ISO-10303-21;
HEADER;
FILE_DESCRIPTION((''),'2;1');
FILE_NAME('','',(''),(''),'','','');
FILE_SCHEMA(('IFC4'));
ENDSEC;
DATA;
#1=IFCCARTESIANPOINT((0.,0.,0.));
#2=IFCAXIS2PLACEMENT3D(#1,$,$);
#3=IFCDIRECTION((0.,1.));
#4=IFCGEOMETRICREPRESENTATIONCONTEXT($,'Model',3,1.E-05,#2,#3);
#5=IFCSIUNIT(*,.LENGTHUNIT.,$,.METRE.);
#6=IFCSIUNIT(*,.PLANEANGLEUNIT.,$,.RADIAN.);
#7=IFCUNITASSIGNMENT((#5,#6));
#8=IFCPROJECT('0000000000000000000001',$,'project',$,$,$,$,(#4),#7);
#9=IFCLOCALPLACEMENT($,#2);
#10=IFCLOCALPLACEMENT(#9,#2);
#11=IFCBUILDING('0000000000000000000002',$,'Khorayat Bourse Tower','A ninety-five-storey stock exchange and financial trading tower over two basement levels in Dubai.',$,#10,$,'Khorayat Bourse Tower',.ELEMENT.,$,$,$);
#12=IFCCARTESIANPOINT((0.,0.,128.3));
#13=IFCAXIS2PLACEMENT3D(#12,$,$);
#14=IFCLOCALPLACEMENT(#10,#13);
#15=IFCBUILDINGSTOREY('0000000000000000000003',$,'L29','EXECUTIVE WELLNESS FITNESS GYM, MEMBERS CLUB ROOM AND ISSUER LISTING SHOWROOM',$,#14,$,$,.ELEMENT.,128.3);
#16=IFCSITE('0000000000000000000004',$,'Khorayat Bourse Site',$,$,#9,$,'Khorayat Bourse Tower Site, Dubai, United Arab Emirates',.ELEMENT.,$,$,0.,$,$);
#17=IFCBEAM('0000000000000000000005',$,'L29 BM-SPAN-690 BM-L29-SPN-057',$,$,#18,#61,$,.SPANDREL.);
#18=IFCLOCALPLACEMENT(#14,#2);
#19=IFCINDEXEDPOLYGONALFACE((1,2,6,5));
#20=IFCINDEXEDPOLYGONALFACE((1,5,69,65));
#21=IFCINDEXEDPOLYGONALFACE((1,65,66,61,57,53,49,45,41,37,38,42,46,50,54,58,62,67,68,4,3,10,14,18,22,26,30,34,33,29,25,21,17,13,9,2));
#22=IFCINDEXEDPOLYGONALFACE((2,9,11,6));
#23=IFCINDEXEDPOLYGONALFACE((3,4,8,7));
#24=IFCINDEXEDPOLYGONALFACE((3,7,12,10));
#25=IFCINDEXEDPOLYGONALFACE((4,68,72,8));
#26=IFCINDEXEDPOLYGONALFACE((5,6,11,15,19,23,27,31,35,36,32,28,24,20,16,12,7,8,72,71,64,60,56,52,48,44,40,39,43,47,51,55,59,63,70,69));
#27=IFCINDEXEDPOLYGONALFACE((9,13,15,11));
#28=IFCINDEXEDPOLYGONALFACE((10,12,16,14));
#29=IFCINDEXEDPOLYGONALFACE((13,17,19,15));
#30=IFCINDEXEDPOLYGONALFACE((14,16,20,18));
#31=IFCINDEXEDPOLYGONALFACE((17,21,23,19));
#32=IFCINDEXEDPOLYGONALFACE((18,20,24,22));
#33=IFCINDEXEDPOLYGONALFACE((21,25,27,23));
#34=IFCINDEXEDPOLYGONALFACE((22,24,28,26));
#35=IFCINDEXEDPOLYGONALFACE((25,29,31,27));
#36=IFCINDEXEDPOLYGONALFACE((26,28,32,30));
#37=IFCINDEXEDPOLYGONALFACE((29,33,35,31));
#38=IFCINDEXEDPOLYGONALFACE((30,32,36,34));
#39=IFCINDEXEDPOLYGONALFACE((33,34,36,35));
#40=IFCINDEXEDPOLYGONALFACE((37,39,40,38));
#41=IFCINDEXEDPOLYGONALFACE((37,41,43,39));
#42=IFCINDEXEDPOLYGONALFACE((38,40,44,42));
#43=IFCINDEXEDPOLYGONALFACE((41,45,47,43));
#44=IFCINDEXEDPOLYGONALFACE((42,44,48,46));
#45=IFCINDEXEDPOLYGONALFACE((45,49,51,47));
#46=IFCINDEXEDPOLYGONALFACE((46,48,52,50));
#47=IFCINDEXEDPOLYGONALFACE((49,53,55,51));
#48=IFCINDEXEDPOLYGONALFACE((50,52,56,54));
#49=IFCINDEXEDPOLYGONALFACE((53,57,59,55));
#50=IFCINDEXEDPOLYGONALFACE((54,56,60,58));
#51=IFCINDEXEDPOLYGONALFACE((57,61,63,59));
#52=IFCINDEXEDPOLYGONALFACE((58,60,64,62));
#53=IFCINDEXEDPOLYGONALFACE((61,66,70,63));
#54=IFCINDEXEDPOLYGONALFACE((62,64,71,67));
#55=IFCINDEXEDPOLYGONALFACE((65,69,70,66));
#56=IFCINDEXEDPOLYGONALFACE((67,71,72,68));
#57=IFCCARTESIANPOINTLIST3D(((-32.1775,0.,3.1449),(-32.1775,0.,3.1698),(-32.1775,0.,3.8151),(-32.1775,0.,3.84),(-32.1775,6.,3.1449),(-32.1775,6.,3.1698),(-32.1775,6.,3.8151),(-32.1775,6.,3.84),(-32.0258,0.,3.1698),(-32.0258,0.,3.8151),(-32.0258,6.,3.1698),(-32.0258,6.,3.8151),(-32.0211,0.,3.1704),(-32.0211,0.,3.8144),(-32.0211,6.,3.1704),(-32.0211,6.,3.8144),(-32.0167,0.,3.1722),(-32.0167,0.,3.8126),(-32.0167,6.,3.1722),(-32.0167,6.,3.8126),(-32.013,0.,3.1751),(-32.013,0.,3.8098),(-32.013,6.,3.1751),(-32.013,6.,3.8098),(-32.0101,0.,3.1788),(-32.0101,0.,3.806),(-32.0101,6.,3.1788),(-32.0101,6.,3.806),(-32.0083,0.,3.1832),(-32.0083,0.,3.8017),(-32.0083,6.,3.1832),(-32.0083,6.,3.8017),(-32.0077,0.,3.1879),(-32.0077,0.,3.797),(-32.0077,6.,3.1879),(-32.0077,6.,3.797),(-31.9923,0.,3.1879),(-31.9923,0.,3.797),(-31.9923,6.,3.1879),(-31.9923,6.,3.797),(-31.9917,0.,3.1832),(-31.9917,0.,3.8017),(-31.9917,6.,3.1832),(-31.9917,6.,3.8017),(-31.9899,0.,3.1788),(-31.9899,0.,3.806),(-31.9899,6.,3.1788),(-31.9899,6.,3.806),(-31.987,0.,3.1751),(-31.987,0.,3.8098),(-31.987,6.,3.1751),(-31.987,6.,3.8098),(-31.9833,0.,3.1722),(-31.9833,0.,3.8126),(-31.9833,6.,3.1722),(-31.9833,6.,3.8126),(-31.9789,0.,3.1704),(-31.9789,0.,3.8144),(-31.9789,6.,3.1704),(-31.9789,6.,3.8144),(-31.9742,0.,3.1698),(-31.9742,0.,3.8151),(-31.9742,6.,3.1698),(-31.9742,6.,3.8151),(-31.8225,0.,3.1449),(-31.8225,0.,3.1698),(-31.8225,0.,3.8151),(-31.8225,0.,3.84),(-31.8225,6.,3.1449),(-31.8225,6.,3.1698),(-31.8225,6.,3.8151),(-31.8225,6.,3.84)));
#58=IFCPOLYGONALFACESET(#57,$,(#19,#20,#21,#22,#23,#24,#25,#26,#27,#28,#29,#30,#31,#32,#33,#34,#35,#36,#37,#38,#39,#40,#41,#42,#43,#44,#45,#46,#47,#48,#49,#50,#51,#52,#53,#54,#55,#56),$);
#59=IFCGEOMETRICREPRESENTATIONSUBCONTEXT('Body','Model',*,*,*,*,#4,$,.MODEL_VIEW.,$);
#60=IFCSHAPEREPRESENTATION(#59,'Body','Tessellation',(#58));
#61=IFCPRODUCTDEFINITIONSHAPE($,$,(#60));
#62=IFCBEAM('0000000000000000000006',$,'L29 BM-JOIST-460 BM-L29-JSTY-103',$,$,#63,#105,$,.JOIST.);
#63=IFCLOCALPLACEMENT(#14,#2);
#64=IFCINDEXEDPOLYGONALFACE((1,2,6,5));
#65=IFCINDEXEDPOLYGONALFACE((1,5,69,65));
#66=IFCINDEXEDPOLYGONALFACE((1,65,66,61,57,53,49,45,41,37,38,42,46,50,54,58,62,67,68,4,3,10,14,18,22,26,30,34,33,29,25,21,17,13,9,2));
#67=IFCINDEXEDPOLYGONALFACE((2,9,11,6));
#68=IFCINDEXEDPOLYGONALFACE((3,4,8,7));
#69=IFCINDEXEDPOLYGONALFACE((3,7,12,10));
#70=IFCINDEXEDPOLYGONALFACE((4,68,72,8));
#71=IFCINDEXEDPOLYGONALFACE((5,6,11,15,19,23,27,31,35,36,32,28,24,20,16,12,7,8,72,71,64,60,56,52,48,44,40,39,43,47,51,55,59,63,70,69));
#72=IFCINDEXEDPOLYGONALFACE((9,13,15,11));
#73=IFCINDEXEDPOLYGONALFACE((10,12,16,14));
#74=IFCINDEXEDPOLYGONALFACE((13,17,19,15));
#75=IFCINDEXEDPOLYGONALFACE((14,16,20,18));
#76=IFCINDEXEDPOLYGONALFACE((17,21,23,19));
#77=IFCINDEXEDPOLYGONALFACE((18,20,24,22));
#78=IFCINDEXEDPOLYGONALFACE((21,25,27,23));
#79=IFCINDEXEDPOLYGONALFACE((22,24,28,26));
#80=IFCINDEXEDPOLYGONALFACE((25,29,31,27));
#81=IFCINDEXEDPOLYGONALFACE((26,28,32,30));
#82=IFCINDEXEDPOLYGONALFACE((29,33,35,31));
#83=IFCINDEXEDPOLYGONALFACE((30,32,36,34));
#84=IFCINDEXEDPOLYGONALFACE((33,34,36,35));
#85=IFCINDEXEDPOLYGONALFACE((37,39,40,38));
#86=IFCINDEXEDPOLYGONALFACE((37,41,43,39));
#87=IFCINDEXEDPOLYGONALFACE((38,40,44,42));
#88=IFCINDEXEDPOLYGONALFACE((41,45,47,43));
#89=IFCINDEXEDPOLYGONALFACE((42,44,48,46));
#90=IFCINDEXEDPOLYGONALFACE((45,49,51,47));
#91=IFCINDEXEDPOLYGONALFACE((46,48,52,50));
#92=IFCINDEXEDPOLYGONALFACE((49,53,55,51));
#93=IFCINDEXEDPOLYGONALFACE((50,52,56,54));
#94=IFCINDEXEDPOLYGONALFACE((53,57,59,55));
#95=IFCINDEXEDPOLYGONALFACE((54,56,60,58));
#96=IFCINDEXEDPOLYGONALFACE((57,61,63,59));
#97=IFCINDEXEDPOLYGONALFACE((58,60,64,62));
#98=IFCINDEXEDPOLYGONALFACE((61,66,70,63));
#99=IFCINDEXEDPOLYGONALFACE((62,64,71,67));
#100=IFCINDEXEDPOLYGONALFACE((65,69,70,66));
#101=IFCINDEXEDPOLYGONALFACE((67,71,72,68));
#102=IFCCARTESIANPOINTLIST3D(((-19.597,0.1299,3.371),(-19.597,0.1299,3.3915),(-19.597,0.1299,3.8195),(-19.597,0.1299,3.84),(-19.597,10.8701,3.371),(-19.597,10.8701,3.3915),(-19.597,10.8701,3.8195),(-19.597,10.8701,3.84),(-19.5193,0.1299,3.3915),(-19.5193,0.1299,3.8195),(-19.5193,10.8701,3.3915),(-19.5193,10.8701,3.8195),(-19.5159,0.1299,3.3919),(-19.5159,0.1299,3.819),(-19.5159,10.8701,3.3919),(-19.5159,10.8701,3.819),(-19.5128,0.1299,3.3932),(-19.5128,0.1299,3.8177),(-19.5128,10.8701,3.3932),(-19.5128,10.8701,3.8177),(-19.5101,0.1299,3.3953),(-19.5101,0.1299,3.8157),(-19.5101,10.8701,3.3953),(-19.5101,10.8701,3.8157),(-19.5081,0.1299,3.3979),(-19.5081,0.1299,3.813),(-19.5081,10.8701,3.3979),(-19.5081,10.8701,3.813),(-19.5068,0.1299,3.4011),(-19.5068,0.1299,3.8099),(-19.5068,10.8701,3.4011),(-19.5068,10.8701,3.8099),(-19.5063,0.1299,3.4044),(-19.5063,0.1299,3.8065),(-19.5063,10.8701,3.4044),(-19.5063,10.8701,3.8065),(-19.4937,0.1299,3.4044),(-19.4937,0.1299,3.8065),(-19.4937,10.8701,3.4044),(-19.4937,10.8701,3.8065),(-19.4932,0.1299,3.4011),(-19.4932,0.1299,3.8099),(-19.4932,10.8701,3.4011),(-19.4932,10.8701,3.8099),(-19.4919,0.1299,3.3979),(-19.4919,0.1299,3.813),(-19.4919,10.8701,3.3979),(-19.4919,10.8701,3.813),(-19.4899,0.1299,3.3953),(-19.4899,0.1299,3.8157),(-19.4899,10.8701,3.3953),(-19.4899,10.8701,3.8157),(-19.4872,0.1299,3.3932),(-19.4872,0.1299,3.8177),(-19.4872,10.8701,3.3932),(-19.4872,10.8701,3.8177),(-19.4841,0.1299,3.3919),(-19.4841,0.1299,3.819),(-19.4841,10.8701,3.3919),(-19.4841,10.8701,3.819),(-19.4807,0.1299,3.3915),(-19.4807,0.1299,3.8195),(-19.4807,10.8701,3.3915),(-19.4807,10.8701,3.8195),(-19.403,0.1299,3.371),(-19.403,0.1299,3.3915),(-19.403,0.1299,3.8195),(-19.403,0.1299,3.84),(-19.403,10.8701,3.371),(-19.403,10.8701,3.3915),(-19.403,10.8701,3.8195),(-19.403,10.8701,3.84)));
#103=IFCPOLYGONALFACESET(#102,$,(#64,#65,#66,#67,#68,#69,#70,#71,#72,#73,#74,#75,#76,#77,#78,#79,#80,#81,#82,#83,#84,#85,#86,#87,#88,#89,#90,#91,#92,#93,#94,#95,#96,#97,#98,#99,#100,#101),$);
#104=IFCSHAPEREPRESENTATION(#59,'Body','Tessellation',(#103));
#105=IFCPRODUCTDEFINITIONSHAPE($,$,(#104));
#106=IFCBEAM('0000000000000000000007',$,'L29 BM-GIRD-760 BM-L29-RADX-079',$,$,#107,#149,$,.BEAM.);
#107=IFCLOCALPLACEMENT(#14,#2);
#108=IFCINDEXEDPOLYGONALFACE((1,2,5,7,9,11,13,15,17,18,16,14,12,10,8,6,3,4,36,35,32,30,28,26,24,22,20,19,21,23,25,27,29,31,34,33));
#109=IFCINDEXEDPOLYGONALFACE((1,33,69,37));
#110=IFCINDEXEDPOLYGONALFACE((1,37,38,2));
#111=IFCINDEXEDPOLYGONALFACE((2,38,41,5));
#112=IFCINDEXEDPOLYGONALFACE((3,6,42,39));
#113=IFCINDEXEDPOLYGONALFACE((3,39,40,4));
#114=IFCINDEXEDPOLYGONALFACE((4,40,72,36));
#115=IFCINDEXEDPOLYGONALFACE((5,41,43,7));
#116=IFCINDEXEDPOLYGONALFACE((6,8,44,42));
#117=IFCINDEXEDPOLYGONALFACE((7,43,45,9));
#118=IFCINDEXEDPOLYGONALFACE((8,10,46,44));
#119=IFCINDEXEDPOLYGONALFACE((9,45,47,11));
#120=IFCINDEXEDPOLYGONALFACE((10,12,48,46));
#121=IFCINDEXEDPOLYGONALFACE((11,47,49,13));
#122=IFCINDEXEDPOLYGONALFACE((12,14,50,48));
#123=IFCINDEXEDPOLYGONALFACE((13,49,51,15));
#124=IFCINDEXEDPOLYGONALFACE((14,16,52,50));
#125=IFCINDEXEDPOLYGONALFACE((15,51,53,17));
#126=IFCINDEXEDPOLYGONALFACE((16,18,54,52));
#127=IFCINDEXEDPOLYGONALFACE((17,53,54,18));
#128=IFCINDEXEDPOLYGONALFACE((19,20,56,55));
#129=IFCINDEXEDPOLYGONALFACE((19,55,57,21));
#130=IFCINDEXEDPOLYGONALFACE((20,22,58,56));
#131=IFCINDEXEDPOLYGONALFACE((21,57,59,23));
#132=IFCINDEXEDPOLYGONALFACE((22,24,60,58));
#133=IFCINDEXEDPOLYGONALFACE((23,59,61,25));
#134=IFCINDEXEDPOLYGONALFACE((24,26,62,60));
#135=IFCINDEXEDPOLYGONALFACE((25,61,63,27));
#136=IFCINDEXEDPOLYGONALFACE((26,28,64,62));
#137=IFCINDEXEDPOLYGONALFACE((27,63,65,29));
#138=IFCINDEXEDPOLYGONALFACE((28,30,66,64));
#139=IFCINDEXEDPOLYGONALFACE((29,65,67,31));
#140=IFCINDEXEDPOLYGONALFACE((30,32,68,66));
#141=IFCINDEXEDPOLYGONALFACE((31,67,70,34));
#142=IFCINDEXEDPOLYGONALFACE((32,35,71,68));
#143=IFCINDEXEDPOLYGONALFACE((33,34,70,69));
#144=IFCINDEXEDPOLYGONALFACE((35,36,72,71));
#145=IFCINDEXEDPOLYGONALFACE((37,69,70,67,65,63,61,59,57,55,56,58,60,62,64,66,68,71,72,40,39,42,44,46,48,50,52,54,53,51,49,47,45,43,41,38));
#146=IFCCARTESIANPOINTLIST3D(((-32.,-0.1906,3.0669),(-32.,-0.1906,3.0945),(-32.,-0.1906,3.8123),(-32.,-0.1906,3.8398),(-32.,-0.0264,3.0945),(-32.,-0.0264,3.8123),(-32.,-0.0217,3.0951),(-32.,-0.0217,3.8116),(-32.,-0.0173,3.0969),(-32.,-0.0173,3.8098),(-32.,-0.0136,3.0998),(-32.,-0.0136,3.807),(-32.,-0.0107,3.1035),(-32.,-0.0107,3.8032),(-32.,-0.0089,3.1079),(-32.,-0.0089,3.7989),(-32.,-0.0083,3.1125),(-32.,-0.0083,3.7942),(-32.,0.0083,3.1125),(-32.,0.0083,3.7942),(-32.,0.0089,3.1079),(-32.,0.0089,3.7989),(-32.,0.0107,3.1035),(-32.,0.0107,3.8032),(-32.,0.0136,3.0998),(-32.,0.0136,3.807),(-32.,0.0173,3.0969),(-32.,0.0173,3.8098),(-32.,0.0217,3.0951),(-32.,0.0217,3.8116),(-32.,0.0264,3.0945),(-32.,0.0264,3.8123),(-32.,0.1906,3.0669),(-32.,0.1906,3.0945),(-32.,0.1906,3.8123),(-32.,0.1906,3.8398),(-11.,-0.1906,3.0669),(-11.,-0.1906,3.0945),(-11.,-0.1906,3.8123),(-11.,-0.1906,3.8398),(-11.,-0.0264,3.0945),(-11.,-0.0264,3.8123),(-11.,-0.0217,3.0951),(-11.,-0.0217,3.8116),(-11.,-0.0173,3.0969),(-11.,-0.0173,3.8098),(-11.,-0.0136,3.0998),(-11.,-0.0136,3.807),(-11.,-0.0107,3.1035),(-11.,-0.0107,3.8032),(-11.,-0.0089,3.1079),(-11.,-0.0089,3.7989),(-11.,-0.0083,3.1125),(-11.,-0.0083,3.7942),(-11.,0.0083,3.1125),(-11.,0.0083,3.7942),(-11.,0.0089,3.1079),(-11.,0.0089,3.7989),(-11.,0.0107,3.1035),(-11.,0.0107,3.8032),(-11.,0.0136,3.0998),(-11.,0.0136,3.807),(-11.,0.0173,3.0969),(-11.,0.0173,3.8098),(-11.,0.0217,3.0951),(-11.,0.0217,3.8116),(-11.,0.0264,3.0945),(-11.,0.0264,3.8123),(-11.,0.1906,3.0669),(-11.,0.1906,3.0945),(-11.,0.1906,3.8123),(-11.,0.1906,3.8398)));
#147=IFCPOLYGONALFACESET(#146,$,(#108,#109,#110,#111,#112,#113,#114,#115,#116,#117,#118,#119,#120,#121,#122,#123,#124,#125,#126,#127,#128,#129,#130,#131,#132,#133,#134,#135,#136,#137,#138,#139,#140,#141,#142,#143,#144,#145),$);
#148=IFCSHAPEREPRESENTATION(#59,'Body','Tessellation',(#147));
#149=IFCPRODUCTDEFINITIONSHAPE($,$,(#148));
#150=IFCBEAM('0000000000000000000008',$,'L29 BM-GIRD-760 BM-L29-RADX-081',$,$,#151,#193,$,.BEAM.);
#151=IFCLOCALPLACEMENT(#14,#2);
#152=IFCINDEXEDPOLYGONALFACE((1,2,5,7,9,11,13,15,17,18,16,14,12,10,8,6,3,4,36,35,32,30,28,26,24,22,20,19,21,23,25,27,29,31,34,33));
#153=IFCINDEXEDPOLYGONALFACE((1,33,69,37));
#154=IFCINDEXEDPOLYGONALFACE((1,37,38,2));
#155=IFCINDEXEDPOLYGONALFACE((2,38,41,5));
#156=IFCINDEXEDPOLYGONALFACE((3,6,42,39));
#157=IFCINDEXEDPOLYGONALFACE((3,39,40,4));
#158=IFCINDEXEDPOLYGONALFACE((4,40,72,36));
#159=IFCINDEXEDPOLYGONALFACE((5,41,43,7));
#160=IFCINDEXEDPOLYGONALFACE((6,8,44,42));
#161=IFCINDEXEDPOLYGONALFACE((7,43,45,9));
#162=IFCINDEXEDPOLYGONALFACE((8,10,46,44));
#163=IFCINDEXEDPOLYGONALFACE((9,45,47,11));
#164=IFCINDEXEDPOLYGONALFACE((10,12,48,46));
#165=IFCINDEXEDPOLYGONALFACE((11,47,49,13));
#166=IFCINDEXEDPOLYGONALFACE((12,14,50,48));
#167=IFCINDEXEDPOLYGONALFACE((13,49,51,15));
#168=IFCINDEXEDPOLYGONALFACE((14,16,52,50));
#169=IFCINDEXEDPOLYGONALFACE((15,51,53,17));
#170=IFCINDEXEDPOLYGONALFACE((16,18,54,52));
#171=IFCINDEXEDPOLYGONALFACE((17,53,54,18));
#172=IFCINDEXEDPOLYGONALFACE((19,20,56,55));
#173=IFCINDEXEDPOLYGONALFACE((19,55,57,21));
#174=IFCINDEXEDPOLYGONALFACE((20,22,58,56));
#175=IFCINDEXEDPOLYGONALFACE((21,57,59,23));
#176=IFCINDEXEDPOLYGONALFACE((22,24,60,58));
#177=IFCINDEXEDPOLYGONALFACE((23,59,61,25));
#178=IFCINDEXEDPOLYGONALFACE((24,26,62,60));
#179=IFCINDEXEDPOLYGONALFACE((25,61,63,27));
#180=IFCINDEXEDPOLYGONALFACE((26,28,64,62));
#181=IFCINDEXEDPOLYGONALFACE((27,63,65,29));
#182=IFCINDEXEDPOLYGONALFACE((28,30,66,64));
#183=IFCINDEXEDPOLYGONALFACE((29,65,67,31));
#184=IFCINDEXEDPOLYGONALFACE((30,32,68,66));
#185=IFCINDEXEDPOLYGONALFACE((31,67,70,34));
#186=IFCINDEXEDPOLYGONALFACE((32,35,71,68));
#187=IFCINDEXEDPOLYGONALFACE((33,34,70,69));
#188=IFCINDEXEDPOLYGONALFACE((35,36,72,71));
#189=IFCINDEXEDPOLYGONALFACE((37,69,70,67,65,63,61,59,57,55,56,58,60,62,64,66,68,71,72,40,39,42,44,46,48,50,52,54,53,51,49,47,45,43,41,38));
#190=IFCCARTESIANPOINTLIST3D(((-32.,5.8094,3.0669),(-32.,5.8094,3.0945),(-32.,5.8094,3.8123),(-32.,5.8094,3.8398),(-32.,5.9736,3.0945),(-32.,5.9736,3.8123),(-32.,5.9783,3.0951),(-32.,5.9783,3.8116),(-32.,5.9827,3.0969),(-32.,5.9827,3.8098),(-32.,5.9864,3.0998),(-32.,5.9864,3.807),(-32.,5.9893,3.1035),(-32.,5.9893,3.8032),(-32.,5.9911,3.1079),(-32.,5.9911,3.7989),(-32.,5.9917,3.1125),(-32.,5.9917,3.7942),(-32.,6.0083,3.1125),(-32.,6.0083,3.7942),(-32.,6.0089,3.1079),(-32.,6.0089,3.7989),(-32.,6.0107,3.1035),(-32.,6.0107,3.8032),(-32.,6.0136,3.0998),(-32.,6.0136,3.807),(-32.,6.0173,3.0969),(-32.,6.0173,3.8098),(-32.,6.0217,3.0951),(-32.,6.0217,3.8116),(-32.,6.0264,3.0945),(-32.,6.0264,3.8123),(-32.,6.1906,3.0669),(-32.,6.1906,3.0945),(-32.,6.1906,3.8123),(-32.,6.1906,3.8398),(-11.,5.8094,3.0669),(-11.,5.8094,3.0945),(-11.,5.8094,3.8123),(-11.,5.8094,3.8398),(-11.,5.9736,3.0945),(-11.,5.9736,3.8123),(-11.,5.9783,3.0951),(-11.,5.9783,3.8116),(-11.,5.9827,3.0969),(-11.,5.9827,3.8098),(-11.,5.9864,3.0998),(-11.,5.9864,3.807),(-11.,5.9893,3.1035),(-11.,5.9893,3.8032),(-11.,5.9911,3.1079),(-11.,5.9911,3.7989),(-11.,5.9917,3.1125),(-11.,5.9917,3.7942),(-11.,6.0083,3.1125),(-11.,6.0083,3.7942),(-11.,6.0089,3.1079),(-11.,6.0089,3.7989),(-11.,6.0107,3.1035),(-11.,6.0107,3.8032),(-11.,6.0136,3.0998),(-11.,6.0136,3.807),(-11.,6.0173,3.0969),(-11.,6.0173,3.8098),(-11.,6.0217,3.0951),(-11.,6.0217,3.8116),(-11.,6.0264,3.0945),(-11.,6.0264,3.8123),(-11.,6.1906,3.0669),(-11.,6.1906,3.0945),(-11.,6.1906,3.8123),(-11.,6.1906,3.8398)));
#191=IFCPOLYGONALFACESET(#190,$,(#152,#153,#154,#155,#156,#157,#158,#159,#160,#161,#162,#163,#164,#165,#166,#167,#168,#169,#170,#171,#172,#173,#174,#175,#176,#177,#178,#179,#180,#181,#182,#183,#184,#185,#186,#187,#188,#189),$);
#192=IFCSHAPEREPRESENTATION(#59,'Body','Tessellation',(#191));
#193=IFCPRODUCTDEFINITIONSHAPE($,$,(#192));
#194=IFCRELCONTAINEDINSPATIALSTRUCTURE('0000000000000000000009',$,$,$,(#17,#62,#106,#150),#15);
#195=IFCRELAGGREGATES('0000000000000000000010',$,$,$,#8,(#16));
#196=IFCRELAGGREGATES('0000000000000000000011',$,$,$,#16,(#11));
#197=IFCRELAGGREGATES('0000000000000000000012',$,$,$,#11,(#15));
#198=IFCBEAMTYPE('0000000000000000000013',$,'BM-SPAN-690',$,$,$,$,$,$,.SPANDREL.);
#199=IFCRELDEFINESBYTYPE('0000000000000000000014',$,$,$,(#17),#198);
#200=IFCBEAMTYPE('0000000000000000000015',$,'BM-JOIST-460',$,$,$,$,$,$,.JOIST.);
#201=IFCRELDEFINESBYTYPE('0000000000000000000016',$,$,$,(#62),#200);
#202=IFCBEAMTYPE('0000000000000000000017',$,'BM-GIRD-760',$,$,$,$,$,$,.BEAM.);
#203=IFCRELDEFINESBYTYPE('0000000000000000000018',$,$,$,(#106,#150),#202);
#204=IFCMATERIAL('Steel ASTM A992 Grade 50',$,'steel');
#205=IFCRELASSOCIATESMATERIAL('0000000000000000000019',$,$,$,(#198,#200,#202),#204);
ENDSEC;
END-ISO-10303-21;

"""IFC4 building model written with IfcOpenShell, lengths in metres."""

from ifc_helpers import new_model, si_unit, direction, frame, origin, origin_2d, place, context, subcontext, project, spatial, i_section, extrude, source, transform, mapped, material, material_profile, profile_set, type_object, element, save


model = new_model("IFC4")

# Units and contexts
model_context = context("Model", 3, precision=1e-05, world=origin(), true_north=direction((0.0, 1.0)))
body_context = subcontext(model_context, "Body", "Model", "MODEL_VIEW")
ifc_project = project(units=[si_unit("LENGTHUNIT", "METRE"), si_unit("PLANEANGLEUNIT", "RADIAN")], contexts=[model_context])

# Site, building, storey
site_placement = place(None, origin())
site = spatial("IfcSite", under=ifc_project, at=site_placement, Name="Khorayat Bourse Site", LongName="Khorayat Bourse Tower Site, Dubai, United Arab Emirates", CompositionType="ELEMENT", RefElevation=0.0)
building_placement = place(site_placement, origin())
building = spatial("IfcBuilding", under=site, at=building_placement, Name="Khorayat Bourse Tower", Description="A ninety-five-storey stock exchange and financial trading tower over two basement levels in Dubai.", LongName="Khorayat Bourse Tower", CompositionType="ELEMENT")
storey_placement = place(building_placement, frame((0.0, 0.0, 128.3)))
storey = spatial("IfcBuildingStorey", under=building, at=storey_placement, Name="L29", Description="EXECUTIVE WELLNESS FITNESS GYM, MEMBERS CLUB ROOM AND ISSUER LISTING SHOWROOM", CompositionType="ELEMENT", Elevation=128.3)

# Beams
ifc_material_1 = material(Name="Steel ASTM A992 Grade 50", Category="steel")
ifc_material_profile_1 = material_profile(ifc_material_1, i_section(OverallWidth=0.355, OverallDepth=0.6951, WebThickness=0.0154, FlangeThickness=0.0249, FilletRadius=0.0181, at=origin_2d()), Name="W690X217")
ifc_profile_set_1 = profile_set([ifc_material_profile_1], Name="Steel ASTM A992 Grade 50")
beam_type_1 = type_object("IfcBeamType", Name="BM-SPAN-690", PredefinedType="SPANDREL", material=ifc_profile_set_1)
shared_shape_1 = source(origin(), body_context, "Body", "SweptSolid", [
    extrude(i_section(OverallWidth=0.355, OverallDepth=0.6951, WebThickness=0.0154, FlangeThickness=0.0249, FilletRadius=0.0181, at=origin_2d()), origin(), (0.0, 0.0, 1.0), 6.0),
])
beam_1_placement = place(storey_placement, frame((-32.0, 0.0, 3.4924), z_axis=(0.0, 1.0, 0.0), x_axis=(-1.0, 0.0, 0.0)))
element("IfcBeam", 1, at=beam_1_placement, inside=storey, type_object=beam_type_1, Name="L29 BM-SPAN-690 BM-L29-SPN-057", PredefinedType="SPANDREL", context=body_context, shape_type="MappedRepresentation", body=[
    mapped(shared_shape_1, transform((0.0, 0.0, 0.0), scale=1.0)),
])
ifc_material_profile_2 = material_profile(ifc_material_1, i_section(OverallWidth=0.1941, OverallDepth=0.469, WebThickness=0.0127, FlangeThickness=0.0205, FilletRadius=0.0129, at=origin_2d()), Name="W460X106")
ifc_profile_set_2 = profile_set([ifc_material_profile_2], Name="Steel ASTM A992 Grade 50")
beam_type_2 = type_object("IfcBeamType", Name="BM-JOIST-460", PredefinedType="JOIST", material=ifc_profile_set_2)
shared_shape_2 = source(origin(), body_context, "Body", "SweptSolid", [
    extrude(i_section(OverallWidth=0.1941, OverallDepth=0.469, WebThickness=0.0127, FlangeThickness=0.0205, FilletRadius=0.0129, at=origin_2d()), origin(), (0.0, 0.0, 1.0), 10.7402),
])
beam_2_placement = place(storey_placement, frame((-19.5, 0.1299, 3.6055), z_axis=(0.0, 1.0, 0.0), x_axis=(-1.0, 0.0, 0.0)))
element("IfcBeam", 2, at=beam_2_placement, inside=storey, type_object=beam_type_2, Name="L29 BM-JOIST-460 BM-L29-JSTY-103", PredefinedType="JOIST", context=body_context, shape_type="MappedRepresentation", body=[
    mapped(shared_shape_2, transform((0.0, 0.0, 0.0), scale=1.0)),
])
ifc_material_profile_3 = material_profile(ifc_material_1, i_section(OverallWidth=0.3811, OverallDepth=0.7729, WebThickness=0.0166, FlangeThickness=0.0276, FilletRadius=0.0181, at=origin_2d()), Name="W760X257")
ifc_profile_set_3 = profile_set([ifc_material_profile_3], Name="Steel ASTM A992 Grade 50")
beam_type_3 = type_object("IfcBeamType", Name="BM-GIRD-760", PredefinedType="BEAM", material=ifc_profile_set_3)
shared_shape_3 = source(origin(), body_context, "Body", "SweptSolid", [
    extrude(i_section(OverallWidth=0.3811, OverallDepth=0.7729, WebThickness=0.0166, FlangeThickness=0.0276, FilletRadius=0.0181, at=origin_2d()), origin(), (0.0, 0.0, 1.0), 21.0),
])
for number, where, z_axis, x_axis, name in (
    (3, (-32.0, 0.0, 3.4534), (1.0, 0.0, 0.0), (0.0, 1.0, 0.0), "L29 BM-GIRD-760 BM-L29-RADX-079"),
    (4, (-32.0, 6.0, 3.4534), (1.0, 0.0, 0.0), (0.0, 1.0, 0.0), "L29 BM-GIRD-760 BM-L29-RADX-081"),
):
    element("IfcBeam", number, at=place(storey_placement, frame(where, z_axis=z_axis, x_axis=x_axis)), inside=storey, type_object=beam_type_3, Name=name, PredefinedType="BEAM", context=body_context, shape_type="MappedRepresentation", body=[
        mapped(shared_shape_3, transform((0.0, 0.0, 0.0), scale=1.0)),
    ])

save(model, "model.ifc")
